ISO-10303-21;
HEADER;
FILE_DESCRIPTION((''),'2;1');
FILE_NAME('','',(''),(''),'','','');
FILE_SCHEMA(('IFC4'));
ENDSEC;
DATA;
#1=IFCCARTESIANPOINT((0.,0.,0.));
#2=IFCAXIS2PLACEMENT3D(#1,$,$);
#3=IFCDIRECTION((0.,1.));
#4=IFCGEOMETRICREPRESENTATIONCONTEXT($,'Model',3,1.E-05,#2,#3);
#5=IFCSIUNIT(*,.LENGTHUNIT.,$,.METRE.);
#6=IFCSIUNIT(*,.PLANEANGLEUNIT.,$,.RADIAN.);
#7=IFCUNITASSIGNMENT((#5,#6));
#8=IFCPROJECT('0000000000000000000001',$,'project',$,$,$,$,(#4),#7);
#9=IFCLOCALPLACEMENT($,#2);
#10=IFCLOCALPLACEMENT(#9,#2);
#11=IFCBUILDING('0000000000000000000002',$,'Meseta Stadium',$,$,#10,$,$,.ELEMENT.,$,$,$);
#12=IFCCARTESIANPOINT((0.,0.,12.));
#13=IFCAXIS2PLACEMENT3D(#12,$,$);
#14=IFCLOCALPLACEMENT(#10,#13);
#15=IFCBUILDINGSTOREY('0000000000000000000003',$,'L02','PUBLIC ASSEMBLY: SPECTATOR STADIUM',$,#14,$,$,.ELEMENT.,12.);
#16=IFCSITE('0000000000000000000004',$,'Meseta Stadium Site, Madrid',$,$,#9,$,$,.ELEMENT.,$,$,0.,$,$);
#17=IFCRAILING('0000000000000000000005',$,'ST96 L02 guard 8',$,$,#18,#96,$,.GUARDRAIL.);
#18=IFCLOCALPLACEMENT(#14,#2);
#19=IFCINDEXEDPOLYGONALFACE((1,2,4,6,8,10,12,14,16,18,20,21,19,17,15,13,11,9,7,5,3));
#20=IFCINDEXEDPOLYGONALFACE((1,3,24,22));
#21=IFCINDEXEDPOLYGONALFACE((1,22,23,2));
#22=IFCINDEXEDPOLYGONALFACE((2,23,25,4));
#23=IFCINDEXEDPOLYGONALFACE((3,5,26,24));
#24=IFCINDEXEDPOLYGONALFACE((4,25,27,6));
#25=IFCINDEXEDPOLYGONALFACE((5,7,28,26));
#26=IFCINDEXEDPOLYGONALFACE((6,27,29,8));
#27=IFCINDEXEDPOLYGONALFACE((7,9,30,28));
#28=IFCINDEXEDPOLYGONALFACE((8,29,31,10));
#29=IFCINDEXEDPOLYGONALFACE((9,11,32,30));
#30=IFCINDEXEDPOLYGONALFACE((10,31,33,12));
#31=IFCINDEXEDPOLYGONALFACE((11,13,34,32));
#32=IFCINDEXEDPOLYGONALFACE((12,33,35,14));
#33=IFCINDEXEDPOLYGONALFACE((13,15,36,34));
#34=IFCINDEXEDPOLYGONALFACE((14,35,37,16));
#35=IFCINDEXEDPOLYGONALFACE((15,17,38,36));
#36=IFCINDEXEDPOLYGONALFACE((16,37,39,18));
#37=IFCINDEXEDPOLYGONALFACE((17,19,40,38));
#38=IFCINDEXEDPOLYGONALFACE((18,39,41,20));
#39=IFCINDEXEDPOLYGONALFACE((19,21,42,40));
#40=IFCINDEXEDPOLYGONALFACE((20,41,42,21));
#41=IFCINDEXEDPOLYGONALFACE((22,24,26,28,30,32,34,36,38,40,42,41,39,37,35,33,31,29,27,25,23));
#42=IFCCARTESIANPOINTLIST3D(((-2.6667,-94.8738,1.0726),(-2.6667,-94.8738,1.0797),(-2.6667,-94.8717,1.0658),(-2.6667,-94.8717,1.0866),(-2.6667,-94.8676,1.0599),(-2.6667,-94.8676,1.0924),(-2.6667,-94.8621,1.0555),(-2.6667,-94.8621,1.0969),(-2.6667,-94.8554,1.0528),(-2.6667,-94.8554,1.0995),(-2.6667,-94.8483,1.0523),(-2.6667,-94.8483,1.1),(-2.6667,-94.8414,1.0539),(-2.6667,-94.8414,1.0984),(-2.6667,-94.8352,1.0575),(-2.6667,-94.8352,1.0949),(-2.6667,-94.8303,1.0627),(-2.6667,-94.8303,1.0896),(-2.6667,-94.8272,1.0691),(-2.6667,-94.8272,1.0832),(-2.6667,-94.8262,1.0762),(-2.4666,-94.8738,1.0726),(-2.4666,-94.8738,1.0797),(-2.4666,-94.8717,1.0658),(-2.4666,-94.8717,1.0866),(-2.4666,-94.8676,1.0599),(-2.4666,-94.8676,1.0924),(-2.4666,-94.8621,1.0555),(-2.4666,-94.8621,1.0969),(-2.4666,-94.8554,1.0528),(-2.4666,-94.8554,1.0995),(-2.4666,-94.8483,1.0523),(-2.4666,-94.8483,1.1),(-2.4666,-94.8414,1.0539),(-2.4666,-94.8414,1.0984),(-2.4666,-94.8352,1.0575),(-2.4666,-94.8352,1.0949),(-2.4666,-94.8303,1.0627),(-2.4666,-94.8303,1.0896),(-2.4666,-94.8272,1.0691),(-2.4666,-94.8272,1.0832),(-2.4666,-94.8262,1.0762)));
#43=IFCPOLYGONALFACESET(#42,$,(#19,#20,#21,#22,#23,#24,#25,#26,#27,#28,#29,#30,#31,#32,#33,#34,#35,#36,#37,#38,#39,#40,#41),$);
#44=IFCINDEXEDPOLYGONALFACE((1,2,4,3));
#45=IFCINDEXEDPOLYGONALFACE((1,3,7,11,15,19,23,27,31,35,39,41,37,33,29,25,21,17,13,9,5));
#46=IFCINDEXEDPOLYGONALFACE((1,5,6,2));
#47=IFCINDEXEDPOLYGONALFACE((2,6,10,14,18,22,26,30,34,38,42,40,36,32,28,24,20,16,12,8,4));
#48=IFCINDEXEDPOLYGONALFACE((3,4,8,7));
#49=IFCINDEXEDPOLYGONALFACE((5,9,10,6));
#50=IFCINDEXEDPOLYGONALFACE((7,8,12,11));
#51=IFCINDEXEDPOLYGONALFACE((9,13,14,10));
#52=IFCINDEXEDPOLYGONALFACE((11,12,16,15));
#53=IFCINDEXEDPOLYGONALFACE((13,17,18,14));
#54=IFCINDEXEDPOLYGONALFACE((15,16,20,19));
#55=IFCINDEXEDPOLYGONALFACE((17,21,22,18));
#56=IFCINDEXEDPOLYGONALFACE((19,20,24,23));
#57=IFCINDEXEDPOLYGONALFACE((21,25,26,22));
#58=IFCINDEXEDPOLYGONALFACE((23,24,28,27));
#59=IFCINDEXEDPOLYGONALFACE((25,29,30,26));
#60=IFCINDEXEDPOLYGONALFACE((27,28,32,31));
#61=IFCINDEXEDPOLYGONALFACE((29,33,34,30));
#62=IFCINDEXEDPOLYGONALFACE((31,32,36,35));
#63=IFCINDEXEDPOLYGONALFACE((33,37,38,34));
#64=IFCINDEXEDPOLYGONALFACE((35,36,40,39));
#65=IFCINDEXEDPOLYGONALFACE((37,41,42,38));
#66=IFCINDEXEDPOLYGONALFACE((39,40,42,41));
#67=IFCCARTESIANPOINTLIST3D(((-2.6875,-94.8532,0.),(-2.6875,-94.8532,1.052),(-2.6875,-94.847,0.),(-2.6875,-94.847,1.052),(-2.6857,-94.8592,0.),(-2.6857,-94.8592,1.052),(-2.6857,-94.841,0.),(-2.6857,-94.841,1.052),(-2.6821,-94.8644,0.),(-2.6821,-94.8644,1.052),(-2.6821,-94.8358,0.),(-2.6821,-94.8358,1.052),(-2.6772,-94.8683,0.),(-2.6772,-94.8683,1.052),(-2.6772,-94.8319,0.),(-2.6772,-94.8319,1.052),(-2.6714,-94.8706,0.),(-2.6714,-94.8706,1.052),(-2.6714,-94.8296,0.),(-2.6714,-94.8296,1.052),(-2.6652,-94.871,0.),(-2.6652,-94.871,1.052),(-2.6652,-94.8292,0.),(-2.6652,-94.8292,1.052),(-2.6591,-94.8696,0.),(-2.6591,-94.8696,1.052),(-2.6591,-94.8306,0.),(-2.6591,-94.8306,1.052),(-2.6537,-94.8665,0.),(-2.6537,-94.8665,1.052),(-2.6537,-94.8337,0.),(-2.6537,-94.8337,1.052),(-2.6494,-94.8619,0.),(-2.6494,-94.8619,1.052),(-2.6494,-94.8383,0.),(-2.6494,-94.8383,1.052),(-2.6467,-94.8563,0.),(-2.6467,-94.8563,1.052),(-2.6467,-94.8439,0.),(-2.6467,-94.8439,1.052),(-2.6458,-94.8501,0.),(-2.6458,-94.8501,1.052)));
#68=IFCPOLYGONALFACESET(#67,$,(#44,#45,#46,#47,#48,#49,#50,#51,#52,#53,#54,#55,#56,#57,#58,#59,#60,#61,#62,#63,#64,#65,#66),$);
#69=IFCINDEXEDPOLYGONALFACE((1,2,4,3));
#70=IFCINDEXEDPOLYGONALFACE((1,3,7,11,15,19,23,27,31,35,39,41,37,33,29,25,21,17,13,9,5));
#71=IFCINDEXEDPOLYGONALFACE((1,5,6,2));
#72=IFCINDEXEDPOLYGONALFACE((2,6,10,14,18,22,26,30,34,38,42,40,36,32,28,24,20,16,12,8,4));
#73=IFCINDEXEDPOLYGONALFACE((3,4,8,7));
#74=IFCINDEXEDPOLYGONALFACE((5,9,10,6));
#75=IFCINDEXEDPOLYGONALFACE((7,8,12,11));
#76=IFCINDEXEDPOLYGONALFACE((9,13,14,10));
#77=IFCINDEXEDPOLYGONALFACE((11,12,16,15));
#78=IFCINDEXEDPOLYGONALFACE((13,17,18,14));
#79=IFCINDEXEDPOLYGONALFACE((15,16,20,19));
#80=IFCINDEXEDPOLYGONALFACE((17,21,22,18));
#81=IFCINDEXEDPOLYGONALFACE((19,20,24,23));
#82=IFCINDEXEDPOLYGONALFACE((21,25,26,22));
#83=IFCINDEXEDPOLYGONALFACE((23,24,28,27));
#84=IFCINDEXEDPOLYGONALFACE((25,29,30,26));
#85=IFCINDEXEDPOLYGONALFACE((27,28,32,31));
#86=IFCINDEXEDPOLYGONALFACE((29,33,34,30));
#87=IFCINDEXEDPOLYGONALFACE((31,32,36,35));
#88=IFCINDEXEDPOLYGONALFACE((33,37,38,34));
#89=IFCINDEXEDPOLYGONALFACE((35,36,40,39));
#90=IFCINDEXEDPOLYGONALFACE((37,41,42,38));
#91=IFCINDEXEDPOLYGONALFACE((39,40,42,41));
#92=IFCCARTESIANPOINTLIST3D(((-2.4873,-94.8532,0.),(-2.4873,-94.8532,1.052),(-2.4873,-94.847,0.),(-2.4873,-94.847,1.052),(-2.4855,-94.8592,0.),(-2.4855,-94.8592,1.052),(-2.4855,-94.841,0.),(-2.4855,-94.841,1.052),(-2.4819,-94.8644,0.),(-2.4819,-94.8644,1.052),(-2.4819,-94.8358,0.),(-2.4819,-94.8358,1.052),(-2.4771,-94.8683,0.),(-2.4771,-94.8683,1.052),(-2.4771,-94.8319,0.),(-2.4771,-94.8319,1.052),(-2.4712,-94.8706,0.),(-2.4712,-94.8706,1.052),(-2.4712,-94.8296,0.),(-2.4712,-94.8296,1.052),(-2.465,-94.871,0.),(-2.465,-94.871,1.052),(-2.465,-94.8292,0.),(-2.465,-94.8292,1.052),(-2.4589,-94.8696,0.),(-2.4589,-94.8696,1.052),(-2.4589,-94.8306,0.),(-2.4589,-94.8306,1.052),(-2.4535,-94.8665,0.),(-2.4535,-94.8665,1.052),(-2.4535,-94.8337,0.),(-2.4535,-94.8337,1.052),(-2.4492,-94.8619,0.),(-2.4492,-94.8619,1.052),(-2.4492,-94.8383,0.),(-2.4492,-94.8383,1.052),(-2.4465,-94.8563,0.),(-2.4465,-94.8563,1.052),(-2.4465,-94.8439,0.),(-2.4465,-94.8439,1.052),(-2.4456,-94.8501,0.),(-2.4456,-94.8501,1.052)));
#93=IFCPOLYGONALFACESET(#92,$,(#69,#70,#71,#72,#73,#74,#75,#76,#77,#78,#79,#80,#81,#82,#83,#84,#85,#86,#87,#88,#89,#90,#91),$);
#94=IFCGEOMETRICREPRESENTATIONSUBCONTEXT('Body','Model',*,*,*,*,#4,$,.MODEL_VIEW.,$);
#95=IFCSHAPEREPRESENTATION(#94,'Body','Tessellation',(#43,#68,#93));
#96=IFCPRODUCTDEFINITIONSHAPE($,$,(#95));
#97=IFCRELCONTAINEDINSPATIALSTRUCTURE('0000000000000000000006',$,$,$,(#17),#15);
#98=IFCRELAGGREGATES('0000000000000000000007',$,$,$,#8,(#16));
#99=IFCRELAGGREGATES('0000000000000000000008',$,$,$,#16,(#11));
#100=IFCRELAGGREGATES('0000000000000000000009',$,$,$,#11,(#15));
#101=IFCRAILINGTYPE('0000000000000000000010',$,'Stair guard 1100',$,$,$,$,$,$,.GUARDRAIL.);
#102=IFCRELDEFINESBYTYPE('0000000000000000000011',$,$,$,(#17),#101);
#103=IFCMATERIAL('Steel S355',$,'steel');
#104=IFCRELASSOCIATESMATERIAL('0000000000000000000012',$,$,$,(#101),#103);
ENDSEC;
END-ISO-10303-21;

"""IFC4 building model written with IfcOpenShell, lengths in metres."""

from ifc_helpers import new_model, si_unit, direction, frame, origin, origin_2d, place, context, subcontext, project, spatial, circle, extrude, material, type_object, element, save


model = new_model("IFC4")

# Units and contexts
model_context = context("Model", 3, precision=1e-05, world=origin(), true_north=direction((0.0, 1.0)))
body_context = subcontext(model_context, "Body", "Model", "MODEL_VIEW")
ifc_project = project(units=[si_unit("LENGTHUNIT", "METRE"), si_unit("PLANEANGLEUNIT", "RADIAN")], contexts=[model_context])

# Site, building, storey
site_placement = place(None, origin())
site = spatial("IfcSite", under=ifc_project, at=site_placement, Name="Meseta Stadium Site, Madrid", CompositionType="ELEMENT", RefElevation=0.0)
building_placement = place(site_placement, origin())
building = spatial("IfcBuilding", under=site, at=building_placement, Name="Meseta Stadium", CompositionType="ELEMENT")
storey_placement = place(building_placement, frame((0.0, 0.0, 12.0)))
storey = spatial("IfcBuildingStorey", under=building, at=storey_placement, Name="L02", Description="PUBLIC ASSEMBLY: SPECTATOR STADIUM", CompositionType="ELEMENT", Elevation=12.0)

# Railing
ifc_material_1 = material(Name="Steel S355", Category="steel")
railing_type_1 = type_object("IfcRailingType", Name="Stair guard 1100", PredefinedType="GUARDRAIL", material=ifc_material_1)
railing_1_placement = place(storey_placement, frame((-2.6667, -94.8501, 0.0)))
element("IfcRailing", 1, at=railing_1_placement, inside=storey, type_object=railing_type_1, Name="ST96 L02 guard 8", PredefinedType="GUARDRAIL", context=body_context, shape_type="SweptSolid", body=[
    extrude(circle(Radius=0.0239, at=origin_2d()), frame((0.0, 0.0, 1.0762), z_axis=(1.0, 0.0, 0.0), x_axis=(0.0, 1.0, 0.0)), (0.0, 0.0, 1.0), 0.2002),
    extrude(circle(Radius=0.021, at=origin_2d()), origin(), (0.0, 0.0, 1.0), 1.052),
    extrude(circle(Radius=0.021, at=origin_2d()), frame((0.2002, 0.0, 0.0)), (0.0, 0.0, 1.0), 1.052),
])

save(model, "model.ifc")
